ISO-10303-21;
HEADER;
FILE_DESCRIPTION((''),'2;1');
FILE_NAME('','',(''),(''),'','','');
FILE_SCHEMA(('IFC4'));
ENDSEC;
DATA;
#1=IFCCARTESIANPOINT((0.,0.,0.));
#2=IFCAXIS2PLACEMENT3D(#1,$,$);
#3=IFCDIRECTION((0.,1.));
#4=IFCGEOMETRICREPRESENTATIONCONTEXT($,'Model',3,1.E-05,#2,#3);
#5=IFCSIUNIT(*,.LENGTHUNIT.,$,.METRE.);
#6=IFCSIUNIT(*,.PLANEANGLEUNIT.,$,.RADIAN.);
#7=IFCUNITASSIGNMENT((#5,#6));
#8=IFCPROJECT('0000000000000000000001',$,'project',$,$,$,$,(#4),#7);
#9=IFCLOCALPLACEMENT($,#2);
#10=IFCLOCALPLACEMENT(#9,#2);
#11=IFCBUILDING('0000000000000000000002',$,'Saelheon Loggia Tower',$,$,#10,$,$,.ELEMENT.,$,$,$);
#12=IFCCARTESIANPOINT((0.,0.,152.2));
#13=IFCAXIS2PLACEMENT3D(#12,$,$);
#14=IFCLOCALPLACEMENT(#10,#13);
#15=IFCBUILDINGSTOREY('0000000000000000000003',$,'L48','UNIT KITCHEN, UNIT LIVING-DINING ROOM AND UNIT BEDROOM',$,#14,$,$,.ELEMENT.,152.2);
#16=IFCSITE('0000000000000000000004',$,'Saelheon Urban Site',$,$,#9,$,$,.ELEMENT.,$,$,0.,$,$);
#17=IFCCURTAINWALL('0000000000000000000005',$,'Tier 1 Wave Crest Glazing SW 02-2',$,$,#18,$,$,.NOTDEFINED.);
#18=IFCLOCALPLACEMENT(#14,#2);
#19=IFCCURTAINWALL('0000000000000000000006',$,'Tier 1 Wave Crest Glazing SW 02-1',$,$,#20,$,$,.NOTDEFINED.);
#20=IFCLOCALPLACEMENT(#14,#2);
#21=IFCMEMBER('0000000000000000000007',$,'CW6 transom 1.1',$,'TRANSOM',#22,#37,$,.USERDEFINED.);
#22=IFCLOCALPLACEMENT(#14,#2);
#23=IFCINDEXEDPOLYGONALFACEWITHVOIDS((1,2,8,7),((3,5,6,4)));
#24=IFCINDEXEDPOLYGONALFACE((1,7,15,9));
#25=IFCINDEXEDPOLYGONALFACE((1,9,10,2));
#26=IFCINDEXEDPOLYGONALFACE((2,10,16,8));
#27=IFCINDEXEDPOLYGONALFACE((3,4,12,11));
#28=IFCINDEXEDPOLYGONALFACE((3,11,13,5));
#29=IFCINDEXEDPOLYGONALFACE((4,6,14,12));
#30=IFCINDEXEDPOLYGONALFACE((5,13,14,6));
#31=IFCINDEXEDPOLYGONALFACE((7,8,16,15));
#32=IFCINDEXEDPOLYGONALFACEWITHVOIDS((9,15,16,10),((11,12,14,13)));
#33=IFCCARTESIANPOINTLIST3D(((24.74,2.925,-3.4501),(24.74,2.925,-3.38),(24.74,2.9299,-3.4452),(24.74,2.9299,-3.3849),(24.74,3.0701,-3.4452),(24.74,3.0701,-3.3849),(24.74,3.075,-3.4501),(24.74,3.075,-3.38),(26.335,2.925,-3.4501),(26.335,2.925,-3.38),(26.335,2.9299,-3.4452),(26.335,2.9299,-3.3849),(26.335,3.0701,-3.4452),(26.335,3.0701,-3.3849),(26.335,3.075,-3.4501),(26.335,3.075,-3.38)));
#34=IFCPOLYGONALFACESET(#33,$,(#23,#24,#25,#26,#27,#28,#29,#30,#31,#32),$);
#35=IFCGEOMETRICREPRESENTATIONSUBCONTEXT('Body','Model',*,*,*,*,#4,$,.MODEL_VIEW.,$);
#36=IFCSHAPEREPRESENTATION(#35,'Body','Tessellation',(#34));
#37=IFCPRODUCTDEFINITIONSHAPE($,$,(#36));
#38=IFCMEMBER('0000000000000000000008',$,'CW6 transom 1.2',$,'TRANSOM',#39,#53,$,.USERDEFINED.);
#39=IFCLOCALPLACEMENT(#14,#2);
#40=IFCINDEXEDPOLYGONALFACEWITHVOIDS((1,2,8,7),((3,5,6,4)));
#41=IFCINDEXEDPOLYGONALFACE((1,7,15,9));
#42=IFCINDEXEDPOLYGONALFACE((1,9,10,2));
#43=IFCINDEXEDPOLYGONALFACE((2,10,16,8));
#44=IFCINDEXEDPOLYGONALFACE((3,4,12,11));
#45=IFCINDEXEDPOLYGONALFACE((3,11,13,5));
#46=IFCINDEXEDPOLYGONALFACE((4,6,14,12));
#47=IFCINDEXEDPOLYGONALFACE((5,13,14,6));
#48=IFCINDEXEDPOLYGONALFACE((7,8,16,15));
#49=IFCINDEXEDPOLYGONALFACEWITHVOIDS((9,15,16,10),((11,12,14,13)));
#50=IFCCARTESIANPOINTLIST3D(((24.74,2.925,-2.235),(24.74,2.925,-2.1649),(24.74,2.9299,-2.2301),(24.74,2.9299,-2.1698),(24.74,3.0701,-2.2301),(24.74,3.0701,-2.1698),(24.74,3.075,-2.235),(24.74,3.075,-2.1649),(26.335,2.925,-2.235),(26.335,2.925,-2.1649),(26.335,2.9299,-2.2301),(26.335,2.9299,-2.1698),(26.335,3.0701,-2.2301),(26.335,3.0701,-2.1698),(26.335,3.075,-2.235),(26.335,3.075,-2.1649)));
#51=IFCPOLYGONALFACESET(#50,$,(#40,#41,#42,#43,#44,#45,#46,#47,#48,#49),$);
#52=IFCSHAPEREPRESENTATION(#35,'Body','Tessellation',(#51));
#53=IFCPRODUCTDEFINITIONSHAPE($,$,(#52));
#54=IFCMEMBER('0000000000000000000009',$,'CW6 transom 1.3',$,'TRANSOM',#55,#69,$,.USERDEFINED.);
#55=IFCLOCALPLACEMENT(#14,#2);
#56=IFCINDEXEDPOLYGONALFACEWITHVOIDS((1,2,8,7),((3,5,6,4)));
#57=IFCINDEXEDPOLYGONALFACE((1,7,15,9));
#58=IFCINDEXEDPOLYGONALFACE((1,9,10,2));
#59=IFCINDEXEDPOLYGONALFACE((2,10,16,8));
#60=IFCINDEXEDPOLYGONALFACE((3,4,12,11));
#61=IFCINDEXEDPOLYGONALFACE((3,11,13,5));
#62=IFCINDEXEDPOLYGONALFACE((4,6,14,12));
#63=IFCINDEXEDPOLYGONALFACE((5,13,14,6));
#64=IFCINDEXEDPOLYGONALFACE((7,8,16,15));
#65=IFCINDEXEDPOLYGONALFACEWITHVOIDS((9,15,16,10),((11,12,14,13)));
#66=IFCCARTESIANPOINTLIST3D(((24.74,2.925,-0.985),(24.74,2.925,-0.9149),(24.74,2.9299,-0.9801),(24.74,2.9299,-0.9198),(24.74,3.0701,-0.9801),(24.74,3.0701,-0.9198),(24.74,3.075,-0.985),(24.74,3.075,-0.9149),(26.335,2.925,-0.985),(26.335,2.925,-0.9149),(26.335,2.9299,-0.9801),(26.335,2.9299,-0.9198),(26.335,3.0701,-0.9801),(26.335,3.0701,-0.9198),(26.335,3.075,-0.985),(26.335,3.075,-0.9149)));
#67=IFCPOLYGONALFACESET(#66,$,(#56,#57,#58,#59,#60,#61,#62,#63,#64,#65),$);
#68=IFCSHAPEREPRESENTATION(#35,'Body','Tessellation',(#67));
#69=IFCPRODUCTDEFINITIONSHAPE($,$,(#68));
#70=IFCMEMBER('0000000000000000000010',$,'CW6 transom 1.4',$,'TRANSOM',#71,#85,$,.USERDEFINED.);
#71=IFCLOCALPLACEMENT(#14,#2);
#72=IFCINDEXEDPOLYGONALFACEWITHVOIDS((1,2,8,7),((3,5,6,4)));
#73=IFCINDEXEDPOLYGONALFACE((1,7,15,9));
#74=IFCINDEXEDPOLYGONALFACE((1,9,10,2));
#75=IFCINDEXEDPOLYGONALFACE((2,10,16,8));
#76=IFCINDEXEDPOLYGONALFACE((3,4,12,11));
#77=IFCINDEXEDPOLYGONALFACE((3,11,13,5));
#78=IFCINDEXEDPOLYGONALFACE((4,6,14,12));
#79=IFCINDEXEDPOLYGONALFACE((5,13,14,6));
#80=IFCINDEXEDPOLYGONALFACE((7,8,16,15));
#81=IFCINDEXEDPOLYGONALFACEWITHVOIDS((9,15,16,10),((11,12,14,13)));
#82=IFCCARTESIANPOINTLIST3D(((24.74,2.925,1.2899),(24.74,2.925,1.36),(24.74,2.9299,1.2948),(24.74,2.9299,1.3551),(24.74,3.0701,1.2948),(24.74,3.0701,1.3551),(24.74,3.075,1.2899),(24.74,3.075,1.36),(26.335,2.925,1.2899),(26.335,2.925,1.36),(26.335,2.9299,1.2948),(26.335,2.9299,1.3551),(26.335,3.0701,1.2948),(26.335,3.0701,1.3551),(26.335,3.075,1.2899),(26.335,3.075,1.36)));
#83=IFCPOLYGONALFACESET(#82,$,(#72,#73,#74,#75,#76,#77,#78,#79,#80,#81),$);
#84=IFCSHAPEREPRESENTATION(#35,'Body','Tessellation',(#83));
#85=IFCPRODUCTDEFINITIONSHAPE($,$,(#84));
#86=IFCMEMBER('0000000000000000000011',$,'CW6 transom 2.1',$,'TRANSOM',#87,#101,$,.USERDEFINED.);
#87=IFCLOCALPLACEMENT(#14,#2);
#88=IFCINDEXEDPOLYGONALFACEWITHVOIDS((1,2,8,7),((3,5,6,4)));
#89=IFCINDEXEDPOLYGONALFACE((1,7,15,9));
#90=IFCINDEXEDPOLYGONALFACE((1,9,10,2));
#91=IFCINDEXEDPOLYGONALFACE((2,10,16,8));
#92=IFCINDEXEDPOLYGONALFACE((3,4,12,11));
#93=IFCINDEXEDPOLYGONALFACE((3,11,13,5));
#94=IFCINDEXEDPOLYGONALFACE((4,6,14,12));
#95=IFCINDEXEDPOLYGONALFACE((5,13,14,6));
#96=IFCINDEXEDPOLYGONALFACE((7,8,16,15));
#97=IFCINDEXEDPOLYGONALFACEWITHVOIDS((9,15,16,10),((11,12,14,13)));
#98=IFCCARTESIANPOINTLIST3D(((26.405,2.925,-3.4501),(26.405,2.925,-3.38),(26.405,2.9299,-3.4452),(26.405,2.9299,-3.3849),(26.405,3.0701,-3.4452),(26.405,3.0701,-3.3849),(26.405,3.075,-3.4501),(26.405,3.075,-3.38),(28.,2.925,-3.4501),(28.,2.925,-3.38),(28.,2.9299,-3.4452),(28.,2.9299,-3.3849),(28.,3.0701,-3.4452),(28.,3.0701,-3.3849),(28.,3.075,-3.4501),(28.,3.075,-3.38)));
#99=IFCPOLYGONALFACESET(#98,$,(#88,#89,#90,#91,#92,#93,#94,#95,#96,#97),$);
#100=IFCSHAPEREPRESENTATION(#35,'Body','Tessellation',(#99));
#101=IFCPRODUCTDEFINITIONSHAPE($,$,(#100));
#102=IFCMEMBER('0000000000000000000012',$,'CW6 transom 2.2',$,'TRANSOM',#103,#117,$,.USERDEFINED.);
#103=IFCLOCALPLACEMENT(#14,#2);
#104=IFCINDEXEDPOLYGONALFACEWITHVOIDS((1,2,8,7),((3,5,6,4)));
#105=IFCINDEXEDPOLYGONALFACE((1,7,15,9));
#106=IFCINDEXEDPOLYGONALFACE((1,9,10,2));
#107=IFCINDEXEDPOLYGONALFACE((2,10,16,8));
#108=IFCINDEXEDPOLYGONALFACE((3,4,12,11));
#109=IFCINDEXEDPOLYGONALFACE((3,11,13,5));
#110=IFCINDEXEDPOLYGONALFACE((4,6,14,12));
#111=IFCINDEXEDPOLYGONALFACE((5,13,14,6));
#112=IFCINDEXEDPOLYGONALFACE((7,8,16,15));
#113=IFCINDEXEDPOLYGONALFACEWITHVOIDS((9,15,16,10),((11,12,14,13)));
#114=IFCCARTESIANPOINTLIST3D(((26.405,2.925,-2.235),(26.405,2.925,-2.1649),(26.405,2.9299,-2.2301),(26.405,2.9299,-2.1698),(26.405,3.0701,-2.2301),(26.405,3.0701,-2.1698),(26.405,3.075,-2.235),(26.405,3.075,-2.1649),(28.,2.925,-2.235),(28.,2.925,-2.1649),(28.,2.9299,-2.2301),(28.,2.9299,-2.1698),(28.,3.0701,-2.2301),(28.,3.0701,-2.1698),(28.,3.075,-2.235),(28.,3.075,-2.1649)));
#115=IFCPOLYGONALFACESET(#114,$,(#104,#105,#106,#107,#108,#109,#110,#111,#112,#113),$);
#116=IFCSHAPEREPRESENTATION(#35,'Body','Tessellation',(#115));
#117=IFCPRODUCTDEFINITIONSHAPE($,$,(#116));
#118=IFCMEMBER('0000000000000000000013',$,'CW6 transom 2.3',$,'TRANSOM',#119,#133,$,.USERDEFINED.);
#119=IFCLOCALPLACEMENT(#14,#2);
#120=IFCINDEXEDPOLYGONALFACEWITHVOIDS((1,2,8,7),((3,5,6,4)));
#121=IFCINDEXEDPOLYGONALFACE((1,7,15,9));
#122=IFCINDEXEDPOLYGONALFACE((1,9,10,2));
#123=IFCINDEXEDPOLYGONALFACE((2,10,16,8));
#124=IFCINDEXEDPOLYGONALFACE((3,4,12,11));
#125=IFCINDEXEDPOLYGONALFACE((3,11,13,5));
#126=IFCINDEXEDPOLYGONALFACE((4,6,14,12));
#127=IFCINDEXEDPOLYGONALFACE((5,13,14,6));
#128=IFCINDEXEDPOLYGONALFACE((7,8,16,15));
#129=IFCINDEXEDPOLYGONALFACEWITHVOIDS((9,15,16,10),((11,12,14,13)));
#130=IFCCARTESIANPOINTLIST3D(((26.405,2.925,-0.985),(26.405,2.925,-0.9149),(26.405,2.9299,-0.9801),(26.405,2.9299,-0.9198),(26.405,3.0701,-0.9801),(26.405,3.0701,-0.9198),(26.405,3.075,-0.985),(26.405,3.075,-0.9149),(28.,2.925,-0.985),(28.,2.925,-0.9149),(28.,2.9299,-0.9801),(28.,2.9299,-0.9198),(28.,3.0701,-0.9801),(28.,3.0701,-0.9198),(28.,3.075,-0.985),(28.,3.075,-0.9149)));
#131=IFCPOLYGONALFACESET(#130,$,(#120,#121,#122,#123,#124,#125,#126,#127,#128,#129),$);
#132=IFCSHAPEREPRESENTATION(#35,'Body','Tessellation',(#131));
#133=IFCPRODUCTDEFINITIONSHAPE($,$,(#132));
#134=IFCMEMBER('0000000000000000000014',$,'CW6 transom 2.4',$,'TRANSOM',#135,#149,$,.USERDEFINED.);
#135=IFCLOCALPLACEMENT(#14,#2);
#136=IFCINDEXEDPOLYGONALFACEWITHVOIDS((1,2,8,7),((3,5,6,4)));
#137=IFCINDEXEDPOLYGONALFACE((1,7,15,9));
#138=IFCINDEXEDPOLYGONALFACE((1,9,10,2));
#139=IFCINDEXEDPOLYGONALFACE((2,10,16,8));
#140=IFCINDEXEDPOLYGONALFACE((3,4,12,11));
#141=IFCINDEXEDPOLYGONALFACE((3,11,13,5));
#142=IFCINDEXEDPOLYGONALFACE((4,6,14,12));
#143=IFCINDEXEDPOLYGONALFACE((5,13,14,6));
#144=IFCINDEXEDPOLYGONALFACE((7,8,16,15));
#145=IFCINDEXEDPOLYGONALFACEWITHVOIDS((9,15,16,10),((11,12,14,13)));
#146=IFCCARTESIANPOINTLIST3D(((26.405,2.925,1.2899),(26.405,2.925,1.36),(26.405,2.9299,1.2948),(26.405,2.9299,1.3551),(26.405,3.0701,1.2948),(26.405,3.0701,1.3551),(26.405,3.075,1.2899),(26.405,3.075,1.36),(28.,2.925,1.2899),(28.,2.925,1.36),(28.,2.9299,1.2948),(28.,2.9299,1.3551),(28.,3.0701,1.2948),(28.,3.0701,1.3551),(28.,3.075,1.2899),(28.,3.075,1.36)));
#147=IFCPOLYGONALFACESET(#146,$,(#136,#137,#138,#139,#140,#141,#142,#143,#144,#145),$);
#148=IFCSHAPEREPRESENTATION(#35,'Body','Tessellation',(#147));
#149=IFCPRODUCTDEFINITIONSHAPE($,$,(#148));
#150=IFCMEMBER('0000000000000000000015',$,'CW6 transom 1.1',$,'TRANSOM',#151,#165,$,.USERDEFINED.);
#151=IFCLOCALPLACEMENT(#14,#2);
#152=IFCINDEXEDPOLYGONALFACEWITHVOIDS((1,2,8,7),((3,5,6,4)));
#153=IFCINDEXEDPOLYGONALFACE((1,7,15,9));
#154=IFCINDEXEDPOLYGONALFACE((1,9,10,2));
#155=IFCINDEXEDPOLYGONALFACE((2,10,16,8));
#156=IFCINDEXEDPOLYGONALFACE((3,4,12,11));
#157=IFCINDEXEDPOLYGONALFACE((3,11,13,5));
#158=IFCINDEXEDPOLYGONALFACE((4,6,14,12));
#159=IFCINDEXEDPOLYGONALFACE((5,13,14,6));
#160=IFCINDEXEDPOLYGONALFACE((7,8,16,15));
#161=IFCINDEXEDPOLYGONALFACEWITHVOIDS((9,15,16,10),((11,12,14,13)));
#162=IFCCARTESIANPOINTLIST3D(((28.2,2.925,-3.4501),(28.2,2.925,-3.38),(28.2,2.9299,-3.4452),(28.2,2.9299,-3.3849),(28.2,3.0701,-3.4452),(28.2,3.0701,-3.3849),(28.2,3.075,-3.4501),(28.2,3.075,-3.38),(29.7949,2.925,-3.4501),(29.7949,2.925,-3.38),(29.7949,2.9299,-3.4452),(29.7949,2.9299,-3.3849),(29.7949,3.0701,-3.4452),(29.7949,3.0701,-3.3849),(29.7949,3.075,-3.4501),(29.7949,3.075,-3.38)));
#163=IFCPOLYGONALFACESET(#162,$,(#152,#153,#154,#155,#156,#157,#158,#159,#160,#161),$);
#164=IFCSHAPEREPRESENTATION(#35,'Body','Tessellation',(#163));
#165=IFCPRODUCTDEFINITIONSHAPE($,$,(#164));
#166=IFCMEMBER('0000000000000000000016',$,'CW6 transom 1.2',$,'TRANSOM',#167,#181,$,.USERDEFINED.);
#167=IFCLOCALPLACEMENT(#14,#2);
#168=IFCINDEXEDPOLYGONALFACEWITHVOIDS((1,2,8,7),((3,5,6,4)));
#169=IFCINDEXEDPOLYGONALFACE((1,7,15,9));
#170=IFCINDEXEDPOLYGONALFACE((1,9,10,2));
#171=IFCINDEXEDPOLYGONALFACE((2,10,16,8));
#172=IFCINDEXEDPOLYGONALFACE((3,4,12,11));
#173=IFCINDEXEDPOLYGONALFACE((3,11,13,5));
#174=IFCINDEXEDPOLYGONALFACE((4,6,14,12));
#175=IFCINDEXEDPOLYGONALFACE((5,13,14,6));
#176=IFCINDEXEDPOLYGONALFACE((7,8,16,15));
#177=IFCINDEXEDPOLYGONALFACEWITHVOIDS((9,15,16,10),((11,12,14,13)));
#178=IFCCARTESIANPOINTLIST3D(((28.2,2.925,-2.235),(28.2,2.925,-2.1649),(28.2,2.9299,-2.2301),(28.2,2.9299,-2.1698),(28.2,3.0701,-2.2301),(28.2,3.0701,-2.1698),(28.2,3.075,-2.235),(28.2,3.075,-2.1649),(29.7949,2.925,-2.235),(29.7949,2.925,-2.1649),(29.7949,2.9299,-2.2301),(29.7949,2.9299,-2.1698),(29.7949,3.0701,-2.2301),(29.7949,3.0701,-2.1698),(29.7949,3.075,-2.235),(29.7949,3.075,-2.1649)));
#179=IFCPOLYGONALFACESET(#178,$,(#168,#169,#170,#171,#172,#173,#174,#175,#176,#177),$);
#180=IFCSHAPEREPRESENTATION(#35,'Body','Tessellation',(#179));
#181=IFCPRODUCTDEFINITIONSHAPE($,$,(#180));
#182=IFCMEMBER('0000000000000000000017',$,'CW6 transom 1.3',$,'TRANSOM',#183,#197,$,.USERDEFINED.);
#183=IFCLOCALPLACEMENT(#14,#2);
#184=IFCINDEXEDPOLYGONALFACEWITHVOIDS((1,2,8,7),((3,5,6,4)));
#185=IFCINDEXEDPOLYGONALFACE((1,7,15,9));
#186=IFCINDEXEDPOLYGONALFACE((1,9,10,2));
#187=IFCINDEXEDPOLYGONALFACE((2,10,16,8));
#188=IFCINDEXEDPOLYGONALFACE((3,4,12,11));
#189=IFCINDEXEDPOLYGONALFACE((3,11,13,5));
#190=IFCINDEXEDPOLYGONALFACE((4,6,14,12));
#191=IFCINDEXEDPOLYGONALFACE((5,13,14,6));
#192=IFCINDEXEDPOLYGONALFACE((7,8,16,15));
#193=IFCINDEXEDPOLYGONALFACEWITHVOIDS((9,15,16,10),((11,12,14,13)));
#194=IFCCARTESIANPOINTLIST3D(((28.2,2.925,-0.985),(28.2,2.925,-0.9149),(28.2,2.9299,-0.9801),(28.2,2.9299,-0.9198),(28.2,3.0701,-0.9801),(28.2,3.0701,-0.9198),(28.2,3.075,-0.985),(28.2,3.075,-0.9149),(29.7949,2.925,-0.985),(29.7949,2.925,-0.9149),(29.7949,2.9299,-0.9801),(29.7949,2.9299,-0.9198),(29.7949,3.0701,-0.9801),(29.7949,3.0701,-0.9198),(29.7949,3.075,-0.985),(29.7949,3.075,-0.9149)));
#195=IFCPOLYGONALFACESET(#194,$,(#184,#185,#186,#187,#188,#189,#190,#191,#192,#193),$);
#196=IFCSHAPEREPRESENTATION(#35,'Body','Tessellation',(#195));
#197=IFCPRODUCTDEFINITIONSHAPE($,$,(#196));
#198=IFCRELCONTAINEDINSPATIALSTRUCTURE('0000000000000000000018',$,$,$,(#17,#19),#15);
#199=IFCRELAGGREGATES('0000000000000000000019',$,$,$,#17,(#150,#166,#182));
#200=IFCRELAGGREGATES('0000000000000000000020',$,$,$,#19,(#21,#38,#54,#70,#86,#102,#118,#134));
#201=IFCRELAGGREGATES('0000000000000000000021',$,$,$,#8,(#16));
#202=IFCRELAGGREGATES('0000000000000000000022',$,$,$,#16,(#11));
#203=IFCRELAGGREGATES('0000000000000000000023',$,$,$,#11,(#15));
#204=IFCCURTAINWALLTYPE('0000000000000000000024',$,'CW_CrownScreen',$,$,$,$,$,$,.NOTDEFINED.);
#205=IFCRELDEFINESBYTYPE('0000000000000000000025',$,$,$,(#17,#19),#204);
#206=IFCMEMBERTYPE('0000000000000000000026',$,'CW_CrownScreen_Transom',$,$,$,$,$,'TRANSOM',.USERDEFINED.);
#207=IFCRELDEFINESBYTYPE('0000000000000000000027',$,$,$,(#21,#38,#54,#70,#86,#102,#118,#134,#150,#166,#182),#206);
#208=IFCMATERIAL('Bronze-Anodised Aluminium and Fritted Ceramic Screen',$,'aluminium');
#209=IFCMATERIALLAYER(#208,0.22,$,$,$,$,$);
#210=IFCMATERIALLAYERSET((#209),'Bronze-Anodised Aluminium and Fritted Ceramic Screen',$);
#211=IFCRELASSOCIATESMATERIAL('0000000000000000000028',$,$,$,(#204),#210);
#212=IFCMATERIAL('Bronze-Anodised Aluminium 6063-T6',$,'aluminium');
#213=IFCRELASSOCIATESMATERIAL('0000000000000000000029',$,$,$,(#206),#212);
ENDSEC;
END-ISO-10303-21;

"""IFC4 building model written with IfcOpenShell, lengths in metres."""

from ifc_helpers import new_model, si_unit, direction, frame, origin, origin_2d, place, context, subcontext, project, spatial, hollow_rectangle, extrude, source, transform, mapped, material, layer, layer_set, material_profile, profile_set, type_object, element, aggregate, save


model = new_model("IFC4")

# Units and contexts
model_context = context("Model", 3, precision=1e-05, world=origin(), true_north=direction((0.0, 1.0)))
body_context = subcontext(model_context, "Body", "Model", "MODEL_VIEW")
ifc_project = project(units=[si_unit("LENGTHUNIT", "METRE"), si_unit("PLANEANGLEUNIT", "RADIAN")], contexts=[model_context])

# Site, building, storey
site_placement = place(None, origin())
site = spatial("IfcSite", under=ifc_project, at=site_placement, Name="Saelheon Urban Site", CompositionType="ELEMENT", RefElevation=0.0)
building_placement = place(site_placement, origin())
building = spatial("IfcBuilding", under=site, at=building_placement, Name="Saelheon Loggia Tower", CompositionType="ELEMENT")
storey_placement = place(building_placement, frame((0.0, 0.0, 152.2)))
storey = spatial("IfcBuildingStorey", under=building, at=storey_placement, Name="L48", Description="UNIT KITCHEN, UNIT LIVING-DINING ROOM AND UNIT BEDROOM", CompositionType="ELEMENT", Elevation=152.2)

# Curtain wall
ifc_material_1 = material(Name="Bronze-Anodised Aluminium and Fritted Ceramic Screen", Category="aluminium")
ifc_layer_1 = layer(ifc_material_1, 0.22)
ifc_layer_set_1 = layer_set([ifc_layer_1], Name="Bronze-Anodised Aluminium and Fritted Ceramic Screen")
curtain_wall_type = type_object("IfcCurtainWallType", Name="CW_CrownScreen", PredefinedType="NOTDEFINED", material=ifc_layer_set_1)
curtain_wall_1_placement = place(storey_placement, origin())
curtain_wall_1 = element("IfcCurtainWall", 1, at=curtain_wall_1_placement, inside=storey, type_object=curtain_wall_type, Name="Tier 1 Wave Crest Glazing SW 02-2", PredefinedType="NOTDEFINED")
ifc_material_2 = material(Name="Bronze-Anodised Aluminium 6063-T6", Category="aluminium")

# Curtain wall, members
curtain_wall_2_placement = place(storey_placement, origin())
curtain_wall_2 = element("IfcCurtainWall", 2, at=curtain_wall_2_placement, inside=storey, type_object=curtain_wall_type, Name="Tier 1 Wave Crest Glazing SW 02-1", PredefinedType="NOTDEFINED")
ifc_material_profile_1 = material_profile(ifc_material_2, hollow_rectangle(XDim=0.0701, YDim=0.1499, WallThickness=0.0049, at=origin_2d()), Name="RHS-150x70x5")
ifc_profile_set_1 = profile_set([ifc_material_profile_1], Name="Bronze-Anodised Aluminium 6063-T6")
member_type_1 = type_object("IfcMemberType", Name="CW_CrownScreen_Transom", ElementType="TRANSOM", PredefinedType="USERDEFINED", material=ifc_profile_set_1)
shared_shape_1 = source(origin(), body_context, "Body", "SweptSolid", [
    extrude(hollow_rectangle(XDim=0.0701, YDim=0.1499, WallThickness=0.0049, at=origin_2d()), origin(), (0.0, 0.0, 1.0), 1.595),
])
member_1_placement = place(storey_placement, frame((24.74, 3.0, -3.415), z_axis=(1.0, 0.0, 0.0), x_axis=(0.0, 0.0, 1.0)))
member_1 = element("IfcMember", 3, at=member_1_placement, type_object=member_type_1, Name="CW6 transom 1.1", ObjectType="TRANSOM", PredefinedType="USERDEFINED", context=body_context, shape_type="MappedRepresentation", body=[
    mapped(shared_shape_1, transform((0.0, 0.0, 0.0), scale=1.0)),
])
member_2_placement = place(storey_placement, frame((24.74, 3.0, -2.2), z_axis=(1.0, 0.0, 0.0), x_axis=(0.0, 0.0, 1.0)))
member_2 = element("IfcMember", 4, at=member_2_placement, type_object=member_type_1, Name="CW6 transom 1.2", ObjectType="TRANSOM", PredefinedType="USERDEFINED", context=body_context, shape_type="MappedRepresentation", body=[
    mapped(shared_shape_1, transform((0.0, 0.0, 0.0), scale=1.0)),
])
member_3_placement = place(storey_placement, frame((24.74, 3.0, -0.95), z_axis=(1.0, 0.0, 0.0), x_axis=(0.0, 0.0, 1.0)))
member_3 = element("IfcMember", 5, at=member_3_placement, type_object=member_type_1, Name="CW6 transom 1.3", ObjectType="TRANSOM", PredefinedType="USERDEFINED", context=body_context, shape_type="MappedRepresentation", body=[
    mapped(shared_shape_1, transform((0.0, 0.0, 0.0), scale=1.0)),
])
member_4_placement = place(storey_placement, frame((24.74, 3.0, 1.325), z_axis=(1.0, 0.0, 0.0), x_axis=(0.0, 0.0, 1.0)))
member_4 = element("IfcMember", 6, at=member_4_placement, type_object=member_type_1, Name="CW6 transom 1.4", ObjectType="TRANSOM", PredefinedType="USERDEFINED", context=body_context, shape_type="MappedRepresentation", body=[
    mapped(shared_shape_1, transform((0.0, 0.0, 0.0), scale=1.0)),
])
member_5_placement = place(storey_placement, frame((26.405, 3.0, -3.415), z_axis=(1.0, 0.0, 0.0), x_axis=(0.0, 0.0, 1.0)))
member_5 = element("IfcMember", 7, at=member_5_placement, type_object=member_type_1, Name="CW6 transom 2.1", ObjectType="TRANSOM", PredefinedType="USERDEFINED", context=body_context, shape_type="MappedRepresentation", body=[
    mapped(shared_shape_1, transform((0.0, 0.0, 0.0), scale=1.0)),
])
member_6_placement = place(storey_placement, frame((26.405, 3.0, -2.2), z_axis=(1.0, 0.0, 0.0), x_axis=(0.0, 0.0, 1.0)))
member_6 = element("IfcMember", 8, at=member_6_placement, type_object=member_type_1, Name="CW6 transom 2.2", ObjectType="TRANSOM", PredefinedType="USERDEFINED", context=body_context, shape_type="MappedRepresentation", body=[
    mapped(shared_shape_1, transform((0.0, 0.0, 0.0), scale=1.0)),
])
member_7_placement = place(storey_placement, frame((26.405, 3.0, -0.95), z_axis=(1.0, 0.0, 0.0), x_axis=(0.0, 0.0, 1.0)))
member_7 = element("IfcMember", 9, at=member_7_placement, type_object=member_type_1, Name="CW6 transom 2.3", ObjectType="TRANSOM", PredefinedType="USERDEFINED", context=body_context, shape_type="MappedRepresentation", body=[
    mapped(shared_shape_1, transform((0.0, 0.0, 0.0), scale=1.0)),
])
member_8_placement = place(storey_placement, frame((26.405, 3.0, 1.325), z_axis=(1.0, 0.0, 0.0), x_axis=(0.0, 0.0, 1.0)))
member_8 = element("IfcMember", 10, at=member_8_placement, type_object=member_type_1, Name="CW6 transom 2.4", ObjectType="TRANSOM", PredefinedType="USERDEFINED", context=body_context, shape_type="MappedRepresentation", body=[
    mapped(shared_shape_1, transform((0.0, 0.0, 0.0), scale=1.0)),
])

# Members
member_9_placement = place(storey_placement, frame((28.2, 3.0, -3.415), z_axis=(1.0, 0.0, 0.0), x_axis=(0.0, 0.0, 1.0)))
member_9 = element("IfcMember", 11, at=member_9_placement, type_object=member_type_1, Name="CW6 transom 1.1", ObjectType="TRANSOM", PredefinedType="USERDEFINED", context=body_context, shape_type="MappedRepresentation", body=[
    mapped(shared_shape_1, transform((0.0, 0.0, 0.0), scale=1.0)),
])
member_10_placement = place(storey_placement, frame((28.2, 3.0, -2.2), z_axis=(1.0, 0.0, 0.0), x_axis=(0.0, 0.0, 1.0)))
member_10 = element("IfcMember", 12, at=member_10_placement, type_object=member_type_1, Name="CW6 transom 1.2", ObjectType="TRANSOM", PredefinedType="USERDEFINED", context=body_context, shape_type="MappedRepresentation", body=[
    mapped(shared_shape_1, transform((0.0, 0.0, 0.0), scale=1.0)),
])
member_11_placement = place(storey_placement, frame((28.2, 3.0, -0.95), z_axis=(1.0, 0.0, 0.0), x_axis=(0.0, 0.0, 1.0)))
member_11 = element("IfcMember", 13, at=member_11_placement, type_object=member_type_1, Name="CW6 transom 1.3", ObjectType="TRANSOM", PredefinedType="USERDEFINED", context=body_context, shape_type="MappedRepresentation", body=[
    mapped(shared_shape_1, transform((0.0, 0.0, 0.0), scale=1.0)),
])

aggregate(curtain_wall_1, [member_9, member_10, member_11])
aggregate(curtain_wall_2, [member_1, member_2, member_3, member_4, member_5, member_6, member_7, member_8])

save(model, "model.ifc")
